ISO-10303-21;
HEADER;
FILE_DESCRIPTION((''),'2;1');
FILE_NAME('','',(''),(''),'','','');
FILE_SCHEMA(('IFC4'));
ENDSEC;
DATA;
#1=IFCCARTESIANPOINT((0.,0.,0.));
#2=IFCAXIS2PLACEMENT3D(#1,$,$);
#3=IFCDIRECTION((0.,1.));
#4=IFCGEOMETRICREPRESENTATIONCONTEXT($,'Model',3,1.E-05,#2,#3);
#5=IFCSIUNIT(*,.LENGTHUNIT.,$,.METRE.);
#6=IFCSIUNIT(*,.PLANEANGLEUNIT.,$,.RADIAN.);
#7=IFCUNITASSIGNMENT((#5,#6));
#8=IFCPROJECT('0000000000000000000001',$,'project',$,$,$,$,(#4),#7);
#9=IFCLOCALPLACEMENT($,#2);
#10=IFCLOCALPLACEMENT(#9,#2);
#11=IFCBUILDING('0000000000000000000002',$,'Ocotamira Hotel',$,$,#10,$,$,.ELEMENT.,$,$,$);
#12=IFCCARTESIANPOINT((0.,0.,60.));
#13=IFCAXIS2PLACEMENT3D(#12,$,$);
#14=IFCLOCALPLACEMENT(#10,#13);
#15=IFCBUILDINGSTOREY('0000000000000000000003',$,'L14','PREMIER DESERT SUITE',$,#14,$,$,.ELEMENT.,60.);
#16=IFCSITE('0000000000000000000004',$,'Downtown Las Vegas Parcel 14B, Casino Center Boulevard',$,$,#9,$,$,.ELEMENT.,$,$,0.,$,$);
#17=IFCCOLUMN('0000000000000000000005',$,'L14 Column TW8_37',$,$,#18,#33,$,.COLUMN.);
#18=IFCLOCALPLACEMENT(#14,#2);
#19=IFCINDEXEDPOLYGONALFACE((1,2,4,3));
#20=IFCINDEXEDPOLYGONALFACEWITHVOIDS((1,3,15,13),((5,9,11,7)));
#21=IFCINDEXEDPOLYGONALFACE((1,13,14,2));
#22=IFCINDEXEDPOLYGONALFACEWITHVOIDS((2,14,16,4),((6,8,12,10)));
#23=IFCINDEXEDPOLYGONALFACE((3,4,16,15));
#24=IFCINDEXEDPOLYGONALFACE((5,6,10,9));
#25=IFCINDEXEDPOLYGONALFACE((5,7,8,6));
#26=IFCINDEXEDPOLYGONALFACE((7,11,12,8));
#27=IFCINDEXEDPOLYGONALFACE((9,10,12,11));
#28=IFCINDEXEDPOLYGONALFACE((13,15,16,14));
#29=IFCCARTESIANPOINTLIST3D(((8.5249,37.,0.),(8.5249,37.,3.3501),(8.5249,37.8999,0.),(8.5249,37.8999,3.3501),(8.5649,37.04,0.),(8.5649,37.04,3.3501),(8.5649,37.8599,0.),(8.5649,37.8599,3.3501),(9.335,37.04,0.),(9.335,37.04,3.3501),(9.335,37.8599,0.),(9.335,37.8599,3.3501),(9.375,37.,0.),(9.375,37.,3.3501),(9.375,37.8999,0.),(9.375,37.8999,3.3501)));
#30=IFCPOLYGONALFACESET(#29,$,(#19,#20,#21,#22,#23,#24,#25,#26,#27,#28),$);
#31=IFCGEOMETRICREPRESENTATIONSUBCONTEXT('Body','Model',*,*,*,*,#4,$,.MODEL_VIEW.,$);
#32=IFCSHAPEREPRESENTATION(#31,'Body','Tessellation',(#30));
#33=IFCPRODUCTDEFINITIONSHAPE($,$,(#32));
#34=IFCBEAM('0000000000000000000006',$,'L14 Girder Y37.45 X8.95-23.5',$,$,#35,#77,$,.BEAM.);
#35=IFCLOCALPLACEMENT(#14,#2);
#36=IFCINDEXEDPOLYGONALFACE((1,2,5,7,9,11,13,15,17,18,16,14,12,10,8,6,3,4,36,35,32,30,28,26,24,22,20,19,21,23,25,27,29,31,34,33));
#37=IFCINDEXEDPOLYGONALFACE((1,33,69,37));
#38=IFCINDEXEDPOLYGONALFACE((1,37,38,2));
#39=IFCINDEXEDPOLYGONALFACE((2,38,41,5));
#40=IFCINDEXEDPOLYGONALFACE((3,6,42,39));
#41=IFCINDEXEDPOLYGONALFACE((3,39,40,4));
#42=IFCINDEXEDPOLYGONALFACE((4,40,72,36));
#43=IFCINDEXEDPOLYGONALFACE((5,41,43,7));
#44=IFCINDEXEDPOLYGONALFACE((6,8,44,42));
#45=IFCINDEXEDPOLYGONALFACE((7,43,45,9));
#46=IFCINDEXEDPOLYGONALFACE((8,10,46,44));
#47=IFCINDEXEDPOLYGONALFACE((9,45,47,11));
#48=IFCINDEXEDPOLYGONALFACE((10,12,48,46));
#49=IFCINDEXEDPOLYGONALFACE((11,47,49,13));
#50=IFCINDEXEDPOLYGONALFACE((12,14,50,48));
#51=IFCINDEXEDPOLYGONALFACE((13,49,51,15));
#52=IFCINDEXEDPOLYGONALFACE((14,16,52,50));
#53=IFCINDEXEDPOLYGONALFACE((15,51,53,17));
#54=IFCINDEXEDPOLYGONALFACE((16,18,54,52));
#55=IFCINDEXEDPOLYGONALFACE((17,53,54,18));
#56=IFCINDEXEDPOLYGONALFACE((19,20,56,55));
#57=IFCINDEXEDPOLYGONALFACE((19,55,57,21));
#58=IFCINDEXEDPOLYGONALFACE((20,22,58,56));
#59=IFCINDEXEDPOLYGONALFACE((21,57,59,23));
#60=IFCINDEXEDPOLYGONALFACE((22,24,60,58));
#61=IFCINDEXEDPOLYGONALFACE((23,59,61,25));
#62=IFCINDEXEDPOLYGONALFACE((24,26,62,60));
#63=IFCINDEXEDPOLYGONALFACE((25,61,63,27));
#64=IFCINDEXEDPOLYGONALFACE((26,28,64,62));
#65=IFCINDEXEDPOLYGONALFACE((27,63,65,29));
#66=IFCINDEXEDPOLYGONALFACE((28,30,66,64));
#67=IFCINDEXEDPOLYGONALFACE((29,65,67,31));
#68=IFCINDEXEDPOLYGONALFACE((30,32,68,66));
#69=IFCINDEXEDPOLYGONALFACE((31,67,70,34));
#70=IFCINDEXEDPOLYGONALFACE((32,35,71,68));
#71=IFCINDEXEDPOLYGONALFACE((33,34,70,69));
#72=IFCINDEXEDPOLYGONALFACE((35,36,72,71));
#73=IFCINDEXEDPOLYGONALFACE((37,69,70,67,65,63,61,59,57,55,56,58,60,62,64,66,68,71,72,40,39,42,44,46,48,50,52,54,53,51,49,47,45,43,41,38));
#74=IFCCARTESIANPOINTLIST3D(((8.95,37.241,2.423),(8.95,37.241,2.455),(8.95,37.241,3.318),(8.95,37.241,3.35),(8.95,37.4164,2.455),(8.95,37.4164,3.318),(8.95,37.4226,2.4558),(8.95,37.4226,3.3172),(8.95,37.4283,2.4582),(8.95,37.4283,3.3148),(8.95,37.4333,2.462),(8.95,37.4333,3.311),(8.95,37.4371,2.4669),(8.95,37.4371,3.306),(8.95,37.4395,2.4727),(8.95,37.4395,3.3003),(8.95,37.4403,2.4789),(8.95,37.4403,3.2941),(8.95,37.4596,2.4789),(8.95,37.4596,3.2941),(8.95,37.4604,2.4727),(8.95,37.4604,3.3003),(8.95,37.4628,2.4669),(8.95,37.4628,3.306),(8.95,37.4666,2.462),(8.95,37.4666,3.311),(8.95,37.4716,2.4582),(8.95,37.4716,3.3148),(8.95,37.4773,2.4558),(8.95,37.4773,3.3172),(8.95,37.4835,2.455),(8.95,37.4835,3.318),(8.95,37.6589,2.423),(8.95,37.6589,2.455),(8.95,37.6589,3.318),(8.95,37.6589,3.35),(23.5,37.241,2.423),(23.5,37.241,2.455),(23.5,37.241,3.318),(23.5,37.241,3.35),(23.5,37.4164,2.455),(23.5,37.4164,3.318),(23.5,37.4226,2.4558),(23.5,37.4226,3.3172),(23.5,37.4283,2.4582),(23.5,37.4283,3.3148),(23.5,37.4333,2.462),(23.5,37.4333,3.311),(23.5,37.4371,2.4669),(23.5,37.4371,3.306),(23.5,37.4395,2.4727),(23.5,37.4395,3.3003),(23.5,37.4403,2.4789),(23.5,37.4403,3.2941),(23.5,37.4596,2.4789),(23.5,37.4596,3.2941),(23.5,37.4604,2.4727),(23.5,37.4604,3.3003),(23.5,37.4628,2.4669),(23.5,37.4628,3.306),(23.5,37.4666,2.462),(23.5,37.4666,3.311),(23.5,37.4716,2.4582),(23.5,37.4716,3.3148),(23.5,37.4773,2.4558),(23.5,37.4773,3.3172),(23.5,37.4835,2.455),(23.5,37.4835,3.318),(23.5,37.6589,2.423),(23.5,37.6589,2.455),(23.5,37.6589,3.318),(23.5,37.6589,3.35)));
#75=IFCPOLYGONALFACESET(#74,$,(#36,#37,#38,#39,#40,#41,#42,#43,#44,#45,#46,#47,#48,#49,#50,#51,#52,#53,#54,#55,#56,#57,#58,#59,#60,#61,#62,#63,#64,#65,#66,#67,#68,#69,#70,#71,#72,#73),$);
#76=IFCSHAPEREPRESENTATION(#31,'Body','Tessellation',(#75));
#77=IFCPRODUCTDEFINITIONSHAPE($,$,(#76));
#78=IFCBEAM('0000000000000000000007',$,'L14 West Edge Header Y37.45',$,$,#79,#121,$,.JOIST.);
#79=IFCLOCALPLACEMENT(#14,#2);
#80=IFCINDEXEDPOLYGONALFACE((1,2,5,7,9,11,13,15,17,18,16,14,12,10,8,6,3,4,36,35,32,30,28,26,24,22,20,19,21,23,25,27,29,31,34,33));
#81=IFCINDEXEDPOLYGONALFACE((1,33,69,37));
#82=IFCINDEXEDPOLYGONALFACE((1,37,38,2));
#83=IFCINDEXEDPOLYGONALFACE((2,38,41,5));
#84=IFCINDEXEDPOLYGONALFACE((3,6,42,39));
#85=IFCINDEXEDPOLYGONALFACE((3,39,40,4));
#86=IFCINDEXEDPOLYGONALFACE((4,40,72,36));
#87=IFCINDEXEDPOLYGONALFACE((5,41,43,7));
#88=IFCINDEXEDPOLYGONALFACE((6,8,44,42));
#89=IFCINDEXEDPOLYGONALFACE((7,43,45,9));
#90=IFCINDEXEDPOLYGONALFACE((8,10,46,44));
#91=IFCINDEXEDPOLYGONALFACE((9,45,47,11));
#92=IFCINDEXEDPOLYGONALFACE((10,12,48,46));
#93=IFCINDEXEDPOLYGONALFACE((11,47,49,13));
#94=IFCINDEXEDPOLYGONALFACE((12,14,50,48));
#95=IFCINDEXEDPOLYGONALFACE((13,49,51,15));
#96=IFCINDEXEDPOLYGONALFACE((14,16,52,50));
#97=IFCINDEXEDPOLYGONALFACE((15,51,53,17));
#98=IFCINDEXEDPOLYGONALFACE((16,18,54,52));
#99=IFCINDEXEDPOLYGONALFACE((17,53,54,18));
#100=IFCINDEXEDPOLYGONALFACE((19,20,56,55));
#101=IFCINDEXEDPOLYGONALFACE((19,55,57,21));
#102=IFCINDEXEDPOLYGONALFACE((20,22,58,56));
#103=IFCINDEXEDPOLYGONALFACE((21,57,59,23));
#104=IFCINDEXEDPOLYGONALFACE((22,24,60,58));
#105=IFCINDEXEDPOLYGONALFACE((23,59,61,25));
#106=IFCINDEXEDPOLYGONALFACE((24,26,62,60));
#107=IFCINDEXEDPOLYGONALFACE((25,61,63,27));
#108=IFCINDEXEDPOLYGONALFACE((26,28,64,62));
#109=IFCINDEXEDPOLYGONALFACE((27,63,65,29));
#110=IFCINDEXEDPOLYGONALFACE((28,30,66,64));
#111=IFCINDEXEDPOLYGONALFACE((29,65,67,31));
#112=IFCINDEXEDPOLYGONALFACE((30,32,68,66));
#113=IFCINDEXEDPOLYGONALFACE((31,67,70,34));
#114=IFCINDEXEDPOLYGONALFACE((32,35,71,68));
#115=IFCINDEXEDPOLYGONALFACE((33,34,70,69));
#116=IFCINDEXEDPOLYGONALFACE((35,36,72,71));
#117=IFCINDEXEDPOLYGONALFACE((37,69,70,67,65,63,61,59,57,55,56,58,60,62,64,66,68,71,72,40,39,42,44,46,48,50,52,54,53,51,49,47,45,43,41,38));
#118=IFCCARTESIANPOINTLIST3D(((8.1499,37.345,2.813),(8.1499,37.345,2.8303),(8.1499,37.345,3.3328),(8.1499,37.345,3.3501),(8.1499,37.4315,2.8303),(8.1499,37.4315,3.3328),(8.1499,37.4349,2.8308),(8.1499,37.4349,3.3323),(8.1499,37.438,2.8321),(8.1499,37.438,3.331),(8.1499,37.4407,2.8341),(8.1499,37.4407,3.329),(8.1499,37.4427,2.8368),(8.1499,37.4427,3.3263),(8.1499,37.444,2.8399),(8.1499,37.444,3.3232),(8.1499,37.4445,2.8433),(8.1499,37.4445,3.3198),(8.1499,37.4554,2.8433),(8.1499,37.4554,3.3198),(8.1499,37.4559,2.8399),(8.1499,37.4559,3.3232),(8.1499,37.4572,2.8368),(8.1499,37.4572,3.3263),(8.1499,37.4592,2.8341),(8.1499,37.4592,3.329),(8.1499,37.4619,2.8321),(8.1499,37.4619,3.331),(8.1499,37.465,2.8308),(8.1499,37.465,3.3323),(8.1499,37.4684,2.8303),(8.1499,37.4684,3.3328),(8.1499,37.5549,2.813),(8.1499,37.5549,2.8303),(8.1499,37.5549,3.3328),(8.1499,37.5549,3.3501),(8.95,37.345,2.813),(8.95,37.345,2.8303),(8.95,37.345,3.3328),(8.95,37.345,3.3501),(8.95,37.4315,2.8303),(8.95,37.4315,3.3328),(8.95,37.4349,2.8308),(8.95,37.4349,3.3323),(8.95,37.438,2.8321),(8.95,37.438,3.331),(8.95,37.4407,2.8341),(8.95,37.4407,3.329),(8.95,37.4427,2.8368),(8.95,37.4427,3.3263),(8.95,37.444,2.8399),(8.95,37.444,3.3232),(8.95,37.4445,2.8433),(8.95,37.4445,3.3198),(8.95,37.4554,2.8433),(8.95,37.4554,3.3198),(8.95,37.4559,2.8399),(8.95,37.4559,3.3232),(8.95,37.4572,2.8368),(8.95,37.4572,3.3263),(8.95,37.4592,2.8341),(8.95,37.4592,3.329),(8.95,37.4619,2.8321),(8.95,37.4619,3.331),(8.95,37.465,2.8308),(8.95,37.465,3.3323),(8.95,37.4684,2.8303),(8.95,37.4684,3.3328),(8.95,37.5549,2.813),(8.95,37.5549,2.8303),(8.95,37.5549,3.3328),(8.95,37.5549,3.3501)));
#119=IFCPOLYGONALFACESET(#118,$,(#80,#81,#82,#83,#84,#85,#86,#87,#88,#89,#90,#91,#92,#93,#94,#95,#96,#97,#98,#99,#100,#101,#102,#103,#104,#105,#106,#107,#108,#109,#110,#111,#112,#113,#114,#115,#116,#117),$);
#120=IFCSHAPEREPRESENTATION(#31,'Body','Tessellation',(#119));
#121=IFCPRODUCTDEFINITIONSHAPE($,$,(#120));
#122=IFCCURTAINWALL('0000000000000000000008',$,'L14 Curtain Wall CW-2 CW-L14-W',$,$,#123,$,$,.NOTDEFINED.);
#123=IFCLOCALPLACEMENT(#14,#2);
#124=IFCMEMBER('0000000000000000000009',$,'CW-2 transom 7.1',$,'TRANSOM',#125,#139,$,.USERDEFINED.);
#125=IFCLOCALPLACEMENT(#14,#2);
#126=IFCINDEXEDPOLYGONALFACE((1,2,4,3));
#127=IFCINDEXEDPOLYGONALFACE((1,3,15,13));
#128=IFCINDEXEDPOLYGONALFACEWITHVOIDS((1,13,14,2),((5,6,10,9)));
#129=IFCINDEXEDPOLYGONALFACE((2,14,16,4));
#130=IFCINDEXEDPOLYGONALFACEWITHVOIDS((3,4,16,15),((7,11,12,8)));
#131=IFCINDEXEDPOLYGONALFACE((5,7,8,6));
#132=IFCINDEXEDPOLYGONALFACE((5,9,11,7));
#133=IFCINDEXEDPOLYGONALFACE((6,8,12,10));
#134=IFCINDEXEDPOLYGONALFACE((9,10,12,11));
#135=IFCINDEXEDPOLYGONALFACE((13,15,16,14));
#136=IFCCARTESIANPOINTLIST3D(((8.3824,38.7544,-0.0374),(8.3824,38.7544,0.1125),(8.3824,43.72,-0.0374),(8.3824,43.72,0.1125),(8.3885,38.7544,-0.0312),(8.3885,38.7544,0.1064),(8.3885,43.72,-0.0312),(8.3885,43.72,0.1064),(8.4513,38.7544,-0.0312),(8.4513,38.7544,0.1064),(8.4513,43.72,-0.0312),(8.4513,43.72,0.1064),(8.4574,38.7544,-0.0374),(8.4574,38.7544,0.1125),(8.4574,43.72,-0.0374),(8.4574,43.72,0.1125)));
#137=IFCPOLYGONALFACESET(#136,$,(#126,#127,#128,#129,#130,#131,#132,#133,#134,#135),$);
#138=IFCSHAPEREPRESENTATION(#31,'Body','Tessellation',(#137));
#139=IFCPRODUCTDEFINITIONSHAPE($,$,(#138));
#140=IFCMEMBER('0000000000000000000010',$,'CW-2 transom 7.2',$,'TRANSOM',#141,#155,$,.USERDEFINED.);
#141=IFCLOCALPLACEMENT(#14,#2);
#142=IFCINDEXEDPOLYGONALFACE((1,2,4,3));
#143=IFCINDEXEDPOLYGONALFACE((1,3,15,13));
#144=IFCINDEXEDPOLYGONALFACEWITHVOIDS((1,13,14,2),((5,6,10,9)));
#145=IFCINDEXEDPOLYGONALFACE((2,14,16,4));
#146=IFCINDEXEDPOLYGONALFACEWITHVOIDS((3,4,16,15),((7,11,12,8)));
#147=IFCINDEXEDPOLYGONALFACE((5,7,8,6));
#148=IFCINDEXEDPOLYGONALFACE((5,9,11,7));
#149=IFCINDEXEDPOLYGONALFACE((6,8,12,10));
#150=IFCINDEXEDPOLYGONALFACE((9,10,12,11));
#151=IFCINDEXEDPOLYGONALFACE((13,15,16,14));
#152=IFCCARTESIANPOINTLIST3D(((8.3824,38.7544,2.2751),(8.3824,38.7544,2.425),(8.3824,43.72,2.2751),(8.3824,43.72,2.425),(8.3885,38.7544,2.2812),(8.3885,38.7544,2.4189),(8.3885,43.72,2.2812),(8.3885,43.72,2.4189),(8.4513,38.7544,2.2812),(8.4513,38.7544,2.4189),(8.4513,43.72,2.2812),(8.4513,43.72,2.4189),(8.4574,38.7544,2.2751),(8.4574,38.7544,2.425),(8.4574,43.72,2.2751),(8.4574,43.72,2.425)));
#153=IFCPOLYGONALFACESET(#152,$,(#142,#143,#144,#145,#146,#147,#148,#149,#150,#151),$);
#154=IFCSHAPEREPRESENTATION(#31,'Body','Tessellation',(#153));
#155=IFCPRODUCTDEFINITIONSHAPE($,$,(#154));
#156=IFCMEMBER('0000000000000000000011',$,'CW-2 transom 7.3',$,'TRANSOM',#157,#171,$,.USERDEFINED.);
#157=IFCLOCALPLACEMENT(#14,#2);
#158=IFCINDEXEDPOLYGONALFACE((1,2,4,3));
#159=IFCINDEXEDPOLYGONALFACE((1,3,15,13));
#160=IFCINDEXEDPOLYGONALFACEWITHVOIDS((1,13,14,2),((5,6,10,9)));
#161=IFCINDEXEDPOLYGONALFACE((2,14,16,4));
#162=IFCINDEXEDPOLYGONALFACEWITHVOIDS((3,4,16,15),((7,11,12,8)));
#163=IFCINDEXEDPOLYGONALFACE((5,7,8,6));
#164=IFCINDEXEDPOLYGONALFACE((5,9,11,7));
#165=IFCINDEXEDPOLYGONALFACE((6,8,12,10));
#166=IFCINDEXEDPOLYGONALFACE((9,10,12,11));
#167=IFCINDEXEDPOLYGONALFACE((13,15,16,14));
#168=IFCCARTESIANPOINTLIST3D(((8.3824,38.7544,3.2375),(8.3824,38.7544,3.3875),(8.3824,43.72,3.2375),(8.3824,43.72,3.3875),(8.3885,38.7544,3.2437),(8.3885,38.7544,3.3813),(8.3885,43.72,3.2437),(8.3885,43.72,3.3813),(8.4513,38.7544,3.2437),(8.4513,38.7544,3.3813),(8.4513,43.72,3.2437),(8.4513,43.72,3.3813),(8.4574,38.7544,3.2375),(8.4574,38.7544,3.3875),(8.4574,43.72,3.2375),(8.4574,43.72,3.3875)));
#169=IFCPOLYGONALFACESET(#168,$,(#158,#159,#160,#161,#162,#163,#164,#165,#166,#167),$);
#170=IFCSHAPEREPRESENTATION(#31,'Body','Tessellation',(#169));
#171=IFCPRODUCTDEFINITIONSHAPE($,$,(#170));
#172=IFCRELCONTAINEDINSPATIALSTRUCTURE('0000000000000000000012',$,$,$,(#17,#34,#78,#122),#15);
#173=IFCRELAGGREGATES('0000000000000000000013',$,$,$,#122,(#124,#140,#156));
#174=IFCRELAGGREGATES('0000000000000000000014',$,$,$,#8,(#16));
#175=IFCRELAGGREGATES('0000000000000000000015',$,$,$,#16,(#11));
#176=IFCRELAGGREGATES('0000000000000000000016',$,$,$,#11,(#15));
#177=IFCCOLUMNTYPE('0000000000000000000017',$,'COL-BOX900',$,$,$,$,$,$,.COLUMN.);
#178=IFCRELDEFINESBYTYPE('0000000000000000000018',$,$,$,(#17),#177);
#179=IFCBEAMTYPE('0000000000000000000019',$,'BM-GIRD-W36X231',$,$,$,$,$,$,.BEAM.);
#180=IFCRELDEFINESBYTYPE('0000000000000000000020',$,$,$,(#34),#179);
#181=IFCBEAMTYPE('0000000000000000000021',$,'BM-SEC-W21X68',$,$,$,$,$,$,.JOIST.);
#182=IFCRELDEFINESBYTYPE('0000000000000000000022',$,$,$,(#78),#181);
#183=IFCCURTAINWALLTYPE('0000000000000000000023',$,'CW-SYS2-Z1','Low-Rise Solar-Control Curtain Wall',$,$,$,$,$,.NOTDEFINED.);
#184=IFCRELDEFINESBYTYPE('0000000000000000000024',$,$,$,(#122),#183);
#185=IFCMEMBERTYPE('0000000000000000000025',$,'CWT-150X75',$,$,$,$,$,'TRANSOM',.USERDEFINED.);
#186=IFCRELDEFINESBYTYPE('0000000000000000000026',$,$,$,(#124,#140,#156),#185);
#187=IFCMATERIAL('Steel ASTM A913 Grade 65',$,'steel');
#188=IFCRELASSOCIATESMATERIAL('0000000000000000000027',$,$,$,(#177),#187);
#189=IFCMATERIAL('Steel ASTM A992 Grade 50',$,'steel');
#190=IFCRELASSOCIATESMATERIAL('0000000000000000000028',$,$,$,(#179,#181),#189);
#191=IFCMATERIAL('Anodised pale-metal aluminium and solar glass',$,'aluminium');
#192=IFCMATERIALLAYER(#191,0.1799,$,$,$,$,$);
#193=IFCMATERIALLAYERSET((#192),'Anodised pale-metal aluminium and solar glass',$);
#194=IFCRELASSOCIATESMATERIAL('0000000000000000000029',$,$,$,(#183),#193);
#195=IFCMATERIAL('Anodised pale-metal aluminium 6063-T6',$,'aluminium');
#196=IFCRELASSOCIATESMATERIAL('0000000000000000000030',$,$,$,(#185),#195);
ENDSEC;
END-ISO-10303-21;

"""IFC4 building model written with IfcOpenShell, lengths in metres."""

from ifc_helpers import new_model, si_unit, direction, frame, origin, origin_2d, place, context, subcontext, project, spatial, hollow_rectangle, i_section, extrude, source, transform, mapped, material, layer, layer_set, material_profile, profile_set, type_object, element, aggregate, save


model = new_model("IFC4")

# Units and contexts
model_context = context("Model", 3, precision=1e-05, world=origin(), true_north=direction((0.0, 1.0)))
body_context = subcontext(model_context, "Body", "Model", "MODEL_VIEW")
ifc_project = project(units=[si_unit("LENGTHUNIT", "METRE"), si_unit("PLANEANGLEUNIT", "RADIAN")], contexts=[model_context])

# Site, building, storey
site_placement = place(None, origin())
site = spatial("IfcSite", under=ifc_project, at=site_placement, Name="Downtown Las Vegas Parcel 14B, Casino Center Boulevard", CompositionType="ELEMENT", RefElevation=0.0)
building_placement = place(site_placement, origin())
building = spatial("IfcBuilding", under=site, at=building_placement, Name="Ocotamira Hotel", CompositionType="ELEMENT")
storey_placement = place(building_placement, frame((0.0, 0.0, 60.0)))
storey = spatial("IfcBuildingStorey", under=building, at=storey_placement, Name="L14", Description="PREMIER DESERT SUITE", CompositionType="ELEMENT", Elevation=60.0)

# Column
ifc_material_1 = material(Name="Steel ASTM A913 Grade 65", Category="steel")
ifc_material_profile_1 = material_profile(ifc_material_1, hollow_rectangle(XDim=0.8501, YDim=0.8999, WallThickness=0.04, at=origin_2d()), Name="BOX900X850X40")
ifc_profile_set_1 = profile_set([ifc_material_profile_1], Name="Steel ASTM A913 Grade 65")
column_type = type_object("IfcColumnType", Name="COL-BOX900", PredefinedType="COLUMN", material=ifc_profile_set_1)
shared_shape_1 = source(origin(), body_context, "Body", "SweptSolid", [
    extrude(hollow_rectangle(XDim=0.8501, YDim=0.8999, WallThickness=0.04, at=origin_2d()), origin(), (0.0, 0.0, 1.0), 3.3501),
])
column_placement = place(storey_placement, frame((8.95, 37.45, 0.0), z_axis=(0.0, 0.0, 1.0), x_axis=(1.0, 0.0, 0.0)))
element("IfcColumn", 1, at=column_placement, inside=storey, type_object=column_type, Name="L14 Column TW8_37", PredefinedType="COLUMN", context=body_context, shape_type="MappedRepresentation", body=[
    mapped(shared_shape_1, transform((0.0, 0.0, 0.0), scale=1.0)),
])

# Beams
ifc_material_2 = material(Name="Steel ASTM A992 Grade 50", Category="steel")
ifc_material_profile_2 = material_profile(ifc_material_2, i_section(OverallWidth=0.418, OverallDepth=0.927, WebThickness=0.0193, FlangeThickness=0.032, FilletRadius=0.0239, at=origin_2d()), Name="W36X231")
ifc_profile_set_2 = profile_set([ifc_material_profile_2], Name="Steel ASTM A992 Grade 50")
beam_type_1 = type_object("IfcBeamType", Name="BM-GIRD-W36X231", PredefinedType="BEAM", material=ifc_profile_set_2)
shared_shape_2 = source(origin(), body_context, "Body", "SweptSolid", [
    extrude(i_section(OverallWidth=0.418, OverallDepth=0.927, WebThickness=0.0193, FlangeThickness=0.032, FilletRadius=0.0239, at=origin_2d()), origin(), (0.0, 0.0, 1.0), 14.55),
])
beam_1_placement = place(storey_placement, frame((8.95, 37.45, 2.8865), z_axis=(1.0, 0.0, 0.0), x_axis=(0.0, 1.0, 0.0)))
element("IfcBeam", 2, at=beam_1_placement, inside=storey, type_object=beam_type_1, Name="L14 Girder Y37.45 X8.95-23.5", PredefinedType="BEAM", context=body_context, shape_type="MappedRepresentation", body=[
    mapped(shared_shape_2, transform((0.0, 0.0, 0.0), scale=1.0)),
])
ifc_material_profile_3 = material_profile(ifc_material_2, i_section(OverallWidth=0.21, OverallDepth=0.5371, WebThickness=0.011, FlangeThickness=0.0173, FilletRadius=0.0129, at=origin_2d()), Name="W21X68")
ifc_profile_set_3 = profile_set([ifc_material_profile_3], Name="Steel ASTM A992 Grade 50")
beam_type_2 = type_object("IfcBeamType", Name="BM-SEC-W21X68", PredefinedType="JOIST", material=ifc_profile_set_3)
shared_shape_3 = source(origin(), body_context, "Body", "SweptSolid", [
    extrude(i_section(OverallWidth=0.21, OverallDepth=0.5371, WebThickness=0.011, FlangeThickness=0.0173, FilletRadius=0.0129, at=origin_2d()), origin(), (0.0, 0.0, 1.0), 0.8),
])
beam_2_placement = place(storey_placement, frame((8.95, 37.45, 3.0815), z_axis=(-1.0, 0.0, 0.0), x_axis=(0.0, -1.0, 0.0)))
element("IfcBeam", 3, at=beam_2_placement, inside=storey, type_object=beam_type_2, Name="L14 West Edge Header Y37.45", PredefinedType="JOIST", context=body_context, shape_type="MappedRepresentation", body=[
    mapped(shared_shape_3, transform((0.0, 0.0, 0.0), scale=1.0)),
])

# Curtain wall, members
ifc_material_3 = material(Name="Anodised pale-metal aluminium and solar glass", Category="aluminium")
ifc_layer_1 = layer(ifc_material_3, 0.1799)
ifc_layer_set_1 = layer_set([ifc_layer_1], Name="Anodised pale-metal aluminium and solar glass")
curtain_wall_type = type_object("IfcCurtainWallType", Name="CW-SYS2-Z1", Description="Low-Rise Solar-Control Curtain Wall", PredefinedType="NOTDEFINED", material=ifc_layer_set_1)
curtain_wall_placement = place(storey_placement, origin())
curtain_wall = element("IfcCurtainWall", 4, at=curtain_wall_placement, inside=storey, type_object=curtain_wall_type, Name="L14 Curtain Wall CW-2 CW-L14-W", PredefinedType="NOTDEFINED")
ifc_material_4 = material(Name="Anodised pale-metal aluminium 6063-T6", Category="aluminium")
ifc_material_profile_4 = material_profile(ifc_material_4, hollow_rectangle(XDim=0.075, YDim=0.1499, WallThickness=0.0061, at=origin_2d()), Name="HSS150X75X6")
ifc_profile_set_4 = profile_set([ifc_material_profile_4], Name="Anodised pale-metal aluminium 6063-T6")
member_type_1 = type_object("IfcMemberType", Name="CWT-150X75", ElementType="TRANSOM", PredefinedType="USERDEFINED", material=ifc_profile_set_4)
shared_shape_4 = source(origin(), body_context, "Body", "SweptSolid", [
    extrude(hollow_rectangle(XDim=0.075, YDim=0.1499, WallThickness=0.0061, at=origin_2d()), origin(), (0.0, 0.0, 1.0), 4.9656),
])
member_1_placement = place(storey_placement, frame((8.4199, 38.7544, 0.0376), z_axis=(0.0, 1.0, 0.0), x_axis=(-1.0, 0.0, 0.0)))
member_1 = element("IfcMember", 5, at=member_1_placement, type_object=member_type_1, Name="CW-2 transom 7.1", ObjectType="TRANSOM", PredefinedType="USERDEFINED", context=body_context, shape_type="MappedRepresentation", body=[
    mapped(shared_shape_4, transform((0.0, 0.0, 0.0), scale=1.0)),
])
member_2_placement = place(storey_placement, frame((8.4199, 38.7544, 2.3501), z_axis=(0.0, 1.0, 0.0), x_axis=(-1.0, 0.0, 0.0)))
member_2 = element("IfcMember", 6, at=member_2_placement, type_object=member_type_1, Name="CW-2 transom 7.2", ObjectType="TRANSOM", PredefinedType="USERDEFINED", context=body_context, shape_type="MappedRepresentation", body=[
    mapped(shared_shape_4, transform((0.0, 0.0, 0.0), scale=1.0)),
])
member_3_placement = place(storey_placement, frame((8.4199, 38.7544, 3.3125), z_axis=(0.0, 1.0, 0.0), x_axis=(-1.0, 0.0, 0.0)))
member_3 = element("IfcMember", 7, at=member_3_placement, type_object=member_type_1, Name="CW-2 transom 7.3", ObjectType="TRANSOM", PredefinedType="USERDEFINED", context=body_context, shape_type="MappedRepresentation", body=[
    mapped(shared_shape_4, transform((0.0, 0.0, 0.0), scale=1.0)),
])

aggregate(curtain_wall, [member_1, member_2, member_3])

save(model, "model.ifc")
